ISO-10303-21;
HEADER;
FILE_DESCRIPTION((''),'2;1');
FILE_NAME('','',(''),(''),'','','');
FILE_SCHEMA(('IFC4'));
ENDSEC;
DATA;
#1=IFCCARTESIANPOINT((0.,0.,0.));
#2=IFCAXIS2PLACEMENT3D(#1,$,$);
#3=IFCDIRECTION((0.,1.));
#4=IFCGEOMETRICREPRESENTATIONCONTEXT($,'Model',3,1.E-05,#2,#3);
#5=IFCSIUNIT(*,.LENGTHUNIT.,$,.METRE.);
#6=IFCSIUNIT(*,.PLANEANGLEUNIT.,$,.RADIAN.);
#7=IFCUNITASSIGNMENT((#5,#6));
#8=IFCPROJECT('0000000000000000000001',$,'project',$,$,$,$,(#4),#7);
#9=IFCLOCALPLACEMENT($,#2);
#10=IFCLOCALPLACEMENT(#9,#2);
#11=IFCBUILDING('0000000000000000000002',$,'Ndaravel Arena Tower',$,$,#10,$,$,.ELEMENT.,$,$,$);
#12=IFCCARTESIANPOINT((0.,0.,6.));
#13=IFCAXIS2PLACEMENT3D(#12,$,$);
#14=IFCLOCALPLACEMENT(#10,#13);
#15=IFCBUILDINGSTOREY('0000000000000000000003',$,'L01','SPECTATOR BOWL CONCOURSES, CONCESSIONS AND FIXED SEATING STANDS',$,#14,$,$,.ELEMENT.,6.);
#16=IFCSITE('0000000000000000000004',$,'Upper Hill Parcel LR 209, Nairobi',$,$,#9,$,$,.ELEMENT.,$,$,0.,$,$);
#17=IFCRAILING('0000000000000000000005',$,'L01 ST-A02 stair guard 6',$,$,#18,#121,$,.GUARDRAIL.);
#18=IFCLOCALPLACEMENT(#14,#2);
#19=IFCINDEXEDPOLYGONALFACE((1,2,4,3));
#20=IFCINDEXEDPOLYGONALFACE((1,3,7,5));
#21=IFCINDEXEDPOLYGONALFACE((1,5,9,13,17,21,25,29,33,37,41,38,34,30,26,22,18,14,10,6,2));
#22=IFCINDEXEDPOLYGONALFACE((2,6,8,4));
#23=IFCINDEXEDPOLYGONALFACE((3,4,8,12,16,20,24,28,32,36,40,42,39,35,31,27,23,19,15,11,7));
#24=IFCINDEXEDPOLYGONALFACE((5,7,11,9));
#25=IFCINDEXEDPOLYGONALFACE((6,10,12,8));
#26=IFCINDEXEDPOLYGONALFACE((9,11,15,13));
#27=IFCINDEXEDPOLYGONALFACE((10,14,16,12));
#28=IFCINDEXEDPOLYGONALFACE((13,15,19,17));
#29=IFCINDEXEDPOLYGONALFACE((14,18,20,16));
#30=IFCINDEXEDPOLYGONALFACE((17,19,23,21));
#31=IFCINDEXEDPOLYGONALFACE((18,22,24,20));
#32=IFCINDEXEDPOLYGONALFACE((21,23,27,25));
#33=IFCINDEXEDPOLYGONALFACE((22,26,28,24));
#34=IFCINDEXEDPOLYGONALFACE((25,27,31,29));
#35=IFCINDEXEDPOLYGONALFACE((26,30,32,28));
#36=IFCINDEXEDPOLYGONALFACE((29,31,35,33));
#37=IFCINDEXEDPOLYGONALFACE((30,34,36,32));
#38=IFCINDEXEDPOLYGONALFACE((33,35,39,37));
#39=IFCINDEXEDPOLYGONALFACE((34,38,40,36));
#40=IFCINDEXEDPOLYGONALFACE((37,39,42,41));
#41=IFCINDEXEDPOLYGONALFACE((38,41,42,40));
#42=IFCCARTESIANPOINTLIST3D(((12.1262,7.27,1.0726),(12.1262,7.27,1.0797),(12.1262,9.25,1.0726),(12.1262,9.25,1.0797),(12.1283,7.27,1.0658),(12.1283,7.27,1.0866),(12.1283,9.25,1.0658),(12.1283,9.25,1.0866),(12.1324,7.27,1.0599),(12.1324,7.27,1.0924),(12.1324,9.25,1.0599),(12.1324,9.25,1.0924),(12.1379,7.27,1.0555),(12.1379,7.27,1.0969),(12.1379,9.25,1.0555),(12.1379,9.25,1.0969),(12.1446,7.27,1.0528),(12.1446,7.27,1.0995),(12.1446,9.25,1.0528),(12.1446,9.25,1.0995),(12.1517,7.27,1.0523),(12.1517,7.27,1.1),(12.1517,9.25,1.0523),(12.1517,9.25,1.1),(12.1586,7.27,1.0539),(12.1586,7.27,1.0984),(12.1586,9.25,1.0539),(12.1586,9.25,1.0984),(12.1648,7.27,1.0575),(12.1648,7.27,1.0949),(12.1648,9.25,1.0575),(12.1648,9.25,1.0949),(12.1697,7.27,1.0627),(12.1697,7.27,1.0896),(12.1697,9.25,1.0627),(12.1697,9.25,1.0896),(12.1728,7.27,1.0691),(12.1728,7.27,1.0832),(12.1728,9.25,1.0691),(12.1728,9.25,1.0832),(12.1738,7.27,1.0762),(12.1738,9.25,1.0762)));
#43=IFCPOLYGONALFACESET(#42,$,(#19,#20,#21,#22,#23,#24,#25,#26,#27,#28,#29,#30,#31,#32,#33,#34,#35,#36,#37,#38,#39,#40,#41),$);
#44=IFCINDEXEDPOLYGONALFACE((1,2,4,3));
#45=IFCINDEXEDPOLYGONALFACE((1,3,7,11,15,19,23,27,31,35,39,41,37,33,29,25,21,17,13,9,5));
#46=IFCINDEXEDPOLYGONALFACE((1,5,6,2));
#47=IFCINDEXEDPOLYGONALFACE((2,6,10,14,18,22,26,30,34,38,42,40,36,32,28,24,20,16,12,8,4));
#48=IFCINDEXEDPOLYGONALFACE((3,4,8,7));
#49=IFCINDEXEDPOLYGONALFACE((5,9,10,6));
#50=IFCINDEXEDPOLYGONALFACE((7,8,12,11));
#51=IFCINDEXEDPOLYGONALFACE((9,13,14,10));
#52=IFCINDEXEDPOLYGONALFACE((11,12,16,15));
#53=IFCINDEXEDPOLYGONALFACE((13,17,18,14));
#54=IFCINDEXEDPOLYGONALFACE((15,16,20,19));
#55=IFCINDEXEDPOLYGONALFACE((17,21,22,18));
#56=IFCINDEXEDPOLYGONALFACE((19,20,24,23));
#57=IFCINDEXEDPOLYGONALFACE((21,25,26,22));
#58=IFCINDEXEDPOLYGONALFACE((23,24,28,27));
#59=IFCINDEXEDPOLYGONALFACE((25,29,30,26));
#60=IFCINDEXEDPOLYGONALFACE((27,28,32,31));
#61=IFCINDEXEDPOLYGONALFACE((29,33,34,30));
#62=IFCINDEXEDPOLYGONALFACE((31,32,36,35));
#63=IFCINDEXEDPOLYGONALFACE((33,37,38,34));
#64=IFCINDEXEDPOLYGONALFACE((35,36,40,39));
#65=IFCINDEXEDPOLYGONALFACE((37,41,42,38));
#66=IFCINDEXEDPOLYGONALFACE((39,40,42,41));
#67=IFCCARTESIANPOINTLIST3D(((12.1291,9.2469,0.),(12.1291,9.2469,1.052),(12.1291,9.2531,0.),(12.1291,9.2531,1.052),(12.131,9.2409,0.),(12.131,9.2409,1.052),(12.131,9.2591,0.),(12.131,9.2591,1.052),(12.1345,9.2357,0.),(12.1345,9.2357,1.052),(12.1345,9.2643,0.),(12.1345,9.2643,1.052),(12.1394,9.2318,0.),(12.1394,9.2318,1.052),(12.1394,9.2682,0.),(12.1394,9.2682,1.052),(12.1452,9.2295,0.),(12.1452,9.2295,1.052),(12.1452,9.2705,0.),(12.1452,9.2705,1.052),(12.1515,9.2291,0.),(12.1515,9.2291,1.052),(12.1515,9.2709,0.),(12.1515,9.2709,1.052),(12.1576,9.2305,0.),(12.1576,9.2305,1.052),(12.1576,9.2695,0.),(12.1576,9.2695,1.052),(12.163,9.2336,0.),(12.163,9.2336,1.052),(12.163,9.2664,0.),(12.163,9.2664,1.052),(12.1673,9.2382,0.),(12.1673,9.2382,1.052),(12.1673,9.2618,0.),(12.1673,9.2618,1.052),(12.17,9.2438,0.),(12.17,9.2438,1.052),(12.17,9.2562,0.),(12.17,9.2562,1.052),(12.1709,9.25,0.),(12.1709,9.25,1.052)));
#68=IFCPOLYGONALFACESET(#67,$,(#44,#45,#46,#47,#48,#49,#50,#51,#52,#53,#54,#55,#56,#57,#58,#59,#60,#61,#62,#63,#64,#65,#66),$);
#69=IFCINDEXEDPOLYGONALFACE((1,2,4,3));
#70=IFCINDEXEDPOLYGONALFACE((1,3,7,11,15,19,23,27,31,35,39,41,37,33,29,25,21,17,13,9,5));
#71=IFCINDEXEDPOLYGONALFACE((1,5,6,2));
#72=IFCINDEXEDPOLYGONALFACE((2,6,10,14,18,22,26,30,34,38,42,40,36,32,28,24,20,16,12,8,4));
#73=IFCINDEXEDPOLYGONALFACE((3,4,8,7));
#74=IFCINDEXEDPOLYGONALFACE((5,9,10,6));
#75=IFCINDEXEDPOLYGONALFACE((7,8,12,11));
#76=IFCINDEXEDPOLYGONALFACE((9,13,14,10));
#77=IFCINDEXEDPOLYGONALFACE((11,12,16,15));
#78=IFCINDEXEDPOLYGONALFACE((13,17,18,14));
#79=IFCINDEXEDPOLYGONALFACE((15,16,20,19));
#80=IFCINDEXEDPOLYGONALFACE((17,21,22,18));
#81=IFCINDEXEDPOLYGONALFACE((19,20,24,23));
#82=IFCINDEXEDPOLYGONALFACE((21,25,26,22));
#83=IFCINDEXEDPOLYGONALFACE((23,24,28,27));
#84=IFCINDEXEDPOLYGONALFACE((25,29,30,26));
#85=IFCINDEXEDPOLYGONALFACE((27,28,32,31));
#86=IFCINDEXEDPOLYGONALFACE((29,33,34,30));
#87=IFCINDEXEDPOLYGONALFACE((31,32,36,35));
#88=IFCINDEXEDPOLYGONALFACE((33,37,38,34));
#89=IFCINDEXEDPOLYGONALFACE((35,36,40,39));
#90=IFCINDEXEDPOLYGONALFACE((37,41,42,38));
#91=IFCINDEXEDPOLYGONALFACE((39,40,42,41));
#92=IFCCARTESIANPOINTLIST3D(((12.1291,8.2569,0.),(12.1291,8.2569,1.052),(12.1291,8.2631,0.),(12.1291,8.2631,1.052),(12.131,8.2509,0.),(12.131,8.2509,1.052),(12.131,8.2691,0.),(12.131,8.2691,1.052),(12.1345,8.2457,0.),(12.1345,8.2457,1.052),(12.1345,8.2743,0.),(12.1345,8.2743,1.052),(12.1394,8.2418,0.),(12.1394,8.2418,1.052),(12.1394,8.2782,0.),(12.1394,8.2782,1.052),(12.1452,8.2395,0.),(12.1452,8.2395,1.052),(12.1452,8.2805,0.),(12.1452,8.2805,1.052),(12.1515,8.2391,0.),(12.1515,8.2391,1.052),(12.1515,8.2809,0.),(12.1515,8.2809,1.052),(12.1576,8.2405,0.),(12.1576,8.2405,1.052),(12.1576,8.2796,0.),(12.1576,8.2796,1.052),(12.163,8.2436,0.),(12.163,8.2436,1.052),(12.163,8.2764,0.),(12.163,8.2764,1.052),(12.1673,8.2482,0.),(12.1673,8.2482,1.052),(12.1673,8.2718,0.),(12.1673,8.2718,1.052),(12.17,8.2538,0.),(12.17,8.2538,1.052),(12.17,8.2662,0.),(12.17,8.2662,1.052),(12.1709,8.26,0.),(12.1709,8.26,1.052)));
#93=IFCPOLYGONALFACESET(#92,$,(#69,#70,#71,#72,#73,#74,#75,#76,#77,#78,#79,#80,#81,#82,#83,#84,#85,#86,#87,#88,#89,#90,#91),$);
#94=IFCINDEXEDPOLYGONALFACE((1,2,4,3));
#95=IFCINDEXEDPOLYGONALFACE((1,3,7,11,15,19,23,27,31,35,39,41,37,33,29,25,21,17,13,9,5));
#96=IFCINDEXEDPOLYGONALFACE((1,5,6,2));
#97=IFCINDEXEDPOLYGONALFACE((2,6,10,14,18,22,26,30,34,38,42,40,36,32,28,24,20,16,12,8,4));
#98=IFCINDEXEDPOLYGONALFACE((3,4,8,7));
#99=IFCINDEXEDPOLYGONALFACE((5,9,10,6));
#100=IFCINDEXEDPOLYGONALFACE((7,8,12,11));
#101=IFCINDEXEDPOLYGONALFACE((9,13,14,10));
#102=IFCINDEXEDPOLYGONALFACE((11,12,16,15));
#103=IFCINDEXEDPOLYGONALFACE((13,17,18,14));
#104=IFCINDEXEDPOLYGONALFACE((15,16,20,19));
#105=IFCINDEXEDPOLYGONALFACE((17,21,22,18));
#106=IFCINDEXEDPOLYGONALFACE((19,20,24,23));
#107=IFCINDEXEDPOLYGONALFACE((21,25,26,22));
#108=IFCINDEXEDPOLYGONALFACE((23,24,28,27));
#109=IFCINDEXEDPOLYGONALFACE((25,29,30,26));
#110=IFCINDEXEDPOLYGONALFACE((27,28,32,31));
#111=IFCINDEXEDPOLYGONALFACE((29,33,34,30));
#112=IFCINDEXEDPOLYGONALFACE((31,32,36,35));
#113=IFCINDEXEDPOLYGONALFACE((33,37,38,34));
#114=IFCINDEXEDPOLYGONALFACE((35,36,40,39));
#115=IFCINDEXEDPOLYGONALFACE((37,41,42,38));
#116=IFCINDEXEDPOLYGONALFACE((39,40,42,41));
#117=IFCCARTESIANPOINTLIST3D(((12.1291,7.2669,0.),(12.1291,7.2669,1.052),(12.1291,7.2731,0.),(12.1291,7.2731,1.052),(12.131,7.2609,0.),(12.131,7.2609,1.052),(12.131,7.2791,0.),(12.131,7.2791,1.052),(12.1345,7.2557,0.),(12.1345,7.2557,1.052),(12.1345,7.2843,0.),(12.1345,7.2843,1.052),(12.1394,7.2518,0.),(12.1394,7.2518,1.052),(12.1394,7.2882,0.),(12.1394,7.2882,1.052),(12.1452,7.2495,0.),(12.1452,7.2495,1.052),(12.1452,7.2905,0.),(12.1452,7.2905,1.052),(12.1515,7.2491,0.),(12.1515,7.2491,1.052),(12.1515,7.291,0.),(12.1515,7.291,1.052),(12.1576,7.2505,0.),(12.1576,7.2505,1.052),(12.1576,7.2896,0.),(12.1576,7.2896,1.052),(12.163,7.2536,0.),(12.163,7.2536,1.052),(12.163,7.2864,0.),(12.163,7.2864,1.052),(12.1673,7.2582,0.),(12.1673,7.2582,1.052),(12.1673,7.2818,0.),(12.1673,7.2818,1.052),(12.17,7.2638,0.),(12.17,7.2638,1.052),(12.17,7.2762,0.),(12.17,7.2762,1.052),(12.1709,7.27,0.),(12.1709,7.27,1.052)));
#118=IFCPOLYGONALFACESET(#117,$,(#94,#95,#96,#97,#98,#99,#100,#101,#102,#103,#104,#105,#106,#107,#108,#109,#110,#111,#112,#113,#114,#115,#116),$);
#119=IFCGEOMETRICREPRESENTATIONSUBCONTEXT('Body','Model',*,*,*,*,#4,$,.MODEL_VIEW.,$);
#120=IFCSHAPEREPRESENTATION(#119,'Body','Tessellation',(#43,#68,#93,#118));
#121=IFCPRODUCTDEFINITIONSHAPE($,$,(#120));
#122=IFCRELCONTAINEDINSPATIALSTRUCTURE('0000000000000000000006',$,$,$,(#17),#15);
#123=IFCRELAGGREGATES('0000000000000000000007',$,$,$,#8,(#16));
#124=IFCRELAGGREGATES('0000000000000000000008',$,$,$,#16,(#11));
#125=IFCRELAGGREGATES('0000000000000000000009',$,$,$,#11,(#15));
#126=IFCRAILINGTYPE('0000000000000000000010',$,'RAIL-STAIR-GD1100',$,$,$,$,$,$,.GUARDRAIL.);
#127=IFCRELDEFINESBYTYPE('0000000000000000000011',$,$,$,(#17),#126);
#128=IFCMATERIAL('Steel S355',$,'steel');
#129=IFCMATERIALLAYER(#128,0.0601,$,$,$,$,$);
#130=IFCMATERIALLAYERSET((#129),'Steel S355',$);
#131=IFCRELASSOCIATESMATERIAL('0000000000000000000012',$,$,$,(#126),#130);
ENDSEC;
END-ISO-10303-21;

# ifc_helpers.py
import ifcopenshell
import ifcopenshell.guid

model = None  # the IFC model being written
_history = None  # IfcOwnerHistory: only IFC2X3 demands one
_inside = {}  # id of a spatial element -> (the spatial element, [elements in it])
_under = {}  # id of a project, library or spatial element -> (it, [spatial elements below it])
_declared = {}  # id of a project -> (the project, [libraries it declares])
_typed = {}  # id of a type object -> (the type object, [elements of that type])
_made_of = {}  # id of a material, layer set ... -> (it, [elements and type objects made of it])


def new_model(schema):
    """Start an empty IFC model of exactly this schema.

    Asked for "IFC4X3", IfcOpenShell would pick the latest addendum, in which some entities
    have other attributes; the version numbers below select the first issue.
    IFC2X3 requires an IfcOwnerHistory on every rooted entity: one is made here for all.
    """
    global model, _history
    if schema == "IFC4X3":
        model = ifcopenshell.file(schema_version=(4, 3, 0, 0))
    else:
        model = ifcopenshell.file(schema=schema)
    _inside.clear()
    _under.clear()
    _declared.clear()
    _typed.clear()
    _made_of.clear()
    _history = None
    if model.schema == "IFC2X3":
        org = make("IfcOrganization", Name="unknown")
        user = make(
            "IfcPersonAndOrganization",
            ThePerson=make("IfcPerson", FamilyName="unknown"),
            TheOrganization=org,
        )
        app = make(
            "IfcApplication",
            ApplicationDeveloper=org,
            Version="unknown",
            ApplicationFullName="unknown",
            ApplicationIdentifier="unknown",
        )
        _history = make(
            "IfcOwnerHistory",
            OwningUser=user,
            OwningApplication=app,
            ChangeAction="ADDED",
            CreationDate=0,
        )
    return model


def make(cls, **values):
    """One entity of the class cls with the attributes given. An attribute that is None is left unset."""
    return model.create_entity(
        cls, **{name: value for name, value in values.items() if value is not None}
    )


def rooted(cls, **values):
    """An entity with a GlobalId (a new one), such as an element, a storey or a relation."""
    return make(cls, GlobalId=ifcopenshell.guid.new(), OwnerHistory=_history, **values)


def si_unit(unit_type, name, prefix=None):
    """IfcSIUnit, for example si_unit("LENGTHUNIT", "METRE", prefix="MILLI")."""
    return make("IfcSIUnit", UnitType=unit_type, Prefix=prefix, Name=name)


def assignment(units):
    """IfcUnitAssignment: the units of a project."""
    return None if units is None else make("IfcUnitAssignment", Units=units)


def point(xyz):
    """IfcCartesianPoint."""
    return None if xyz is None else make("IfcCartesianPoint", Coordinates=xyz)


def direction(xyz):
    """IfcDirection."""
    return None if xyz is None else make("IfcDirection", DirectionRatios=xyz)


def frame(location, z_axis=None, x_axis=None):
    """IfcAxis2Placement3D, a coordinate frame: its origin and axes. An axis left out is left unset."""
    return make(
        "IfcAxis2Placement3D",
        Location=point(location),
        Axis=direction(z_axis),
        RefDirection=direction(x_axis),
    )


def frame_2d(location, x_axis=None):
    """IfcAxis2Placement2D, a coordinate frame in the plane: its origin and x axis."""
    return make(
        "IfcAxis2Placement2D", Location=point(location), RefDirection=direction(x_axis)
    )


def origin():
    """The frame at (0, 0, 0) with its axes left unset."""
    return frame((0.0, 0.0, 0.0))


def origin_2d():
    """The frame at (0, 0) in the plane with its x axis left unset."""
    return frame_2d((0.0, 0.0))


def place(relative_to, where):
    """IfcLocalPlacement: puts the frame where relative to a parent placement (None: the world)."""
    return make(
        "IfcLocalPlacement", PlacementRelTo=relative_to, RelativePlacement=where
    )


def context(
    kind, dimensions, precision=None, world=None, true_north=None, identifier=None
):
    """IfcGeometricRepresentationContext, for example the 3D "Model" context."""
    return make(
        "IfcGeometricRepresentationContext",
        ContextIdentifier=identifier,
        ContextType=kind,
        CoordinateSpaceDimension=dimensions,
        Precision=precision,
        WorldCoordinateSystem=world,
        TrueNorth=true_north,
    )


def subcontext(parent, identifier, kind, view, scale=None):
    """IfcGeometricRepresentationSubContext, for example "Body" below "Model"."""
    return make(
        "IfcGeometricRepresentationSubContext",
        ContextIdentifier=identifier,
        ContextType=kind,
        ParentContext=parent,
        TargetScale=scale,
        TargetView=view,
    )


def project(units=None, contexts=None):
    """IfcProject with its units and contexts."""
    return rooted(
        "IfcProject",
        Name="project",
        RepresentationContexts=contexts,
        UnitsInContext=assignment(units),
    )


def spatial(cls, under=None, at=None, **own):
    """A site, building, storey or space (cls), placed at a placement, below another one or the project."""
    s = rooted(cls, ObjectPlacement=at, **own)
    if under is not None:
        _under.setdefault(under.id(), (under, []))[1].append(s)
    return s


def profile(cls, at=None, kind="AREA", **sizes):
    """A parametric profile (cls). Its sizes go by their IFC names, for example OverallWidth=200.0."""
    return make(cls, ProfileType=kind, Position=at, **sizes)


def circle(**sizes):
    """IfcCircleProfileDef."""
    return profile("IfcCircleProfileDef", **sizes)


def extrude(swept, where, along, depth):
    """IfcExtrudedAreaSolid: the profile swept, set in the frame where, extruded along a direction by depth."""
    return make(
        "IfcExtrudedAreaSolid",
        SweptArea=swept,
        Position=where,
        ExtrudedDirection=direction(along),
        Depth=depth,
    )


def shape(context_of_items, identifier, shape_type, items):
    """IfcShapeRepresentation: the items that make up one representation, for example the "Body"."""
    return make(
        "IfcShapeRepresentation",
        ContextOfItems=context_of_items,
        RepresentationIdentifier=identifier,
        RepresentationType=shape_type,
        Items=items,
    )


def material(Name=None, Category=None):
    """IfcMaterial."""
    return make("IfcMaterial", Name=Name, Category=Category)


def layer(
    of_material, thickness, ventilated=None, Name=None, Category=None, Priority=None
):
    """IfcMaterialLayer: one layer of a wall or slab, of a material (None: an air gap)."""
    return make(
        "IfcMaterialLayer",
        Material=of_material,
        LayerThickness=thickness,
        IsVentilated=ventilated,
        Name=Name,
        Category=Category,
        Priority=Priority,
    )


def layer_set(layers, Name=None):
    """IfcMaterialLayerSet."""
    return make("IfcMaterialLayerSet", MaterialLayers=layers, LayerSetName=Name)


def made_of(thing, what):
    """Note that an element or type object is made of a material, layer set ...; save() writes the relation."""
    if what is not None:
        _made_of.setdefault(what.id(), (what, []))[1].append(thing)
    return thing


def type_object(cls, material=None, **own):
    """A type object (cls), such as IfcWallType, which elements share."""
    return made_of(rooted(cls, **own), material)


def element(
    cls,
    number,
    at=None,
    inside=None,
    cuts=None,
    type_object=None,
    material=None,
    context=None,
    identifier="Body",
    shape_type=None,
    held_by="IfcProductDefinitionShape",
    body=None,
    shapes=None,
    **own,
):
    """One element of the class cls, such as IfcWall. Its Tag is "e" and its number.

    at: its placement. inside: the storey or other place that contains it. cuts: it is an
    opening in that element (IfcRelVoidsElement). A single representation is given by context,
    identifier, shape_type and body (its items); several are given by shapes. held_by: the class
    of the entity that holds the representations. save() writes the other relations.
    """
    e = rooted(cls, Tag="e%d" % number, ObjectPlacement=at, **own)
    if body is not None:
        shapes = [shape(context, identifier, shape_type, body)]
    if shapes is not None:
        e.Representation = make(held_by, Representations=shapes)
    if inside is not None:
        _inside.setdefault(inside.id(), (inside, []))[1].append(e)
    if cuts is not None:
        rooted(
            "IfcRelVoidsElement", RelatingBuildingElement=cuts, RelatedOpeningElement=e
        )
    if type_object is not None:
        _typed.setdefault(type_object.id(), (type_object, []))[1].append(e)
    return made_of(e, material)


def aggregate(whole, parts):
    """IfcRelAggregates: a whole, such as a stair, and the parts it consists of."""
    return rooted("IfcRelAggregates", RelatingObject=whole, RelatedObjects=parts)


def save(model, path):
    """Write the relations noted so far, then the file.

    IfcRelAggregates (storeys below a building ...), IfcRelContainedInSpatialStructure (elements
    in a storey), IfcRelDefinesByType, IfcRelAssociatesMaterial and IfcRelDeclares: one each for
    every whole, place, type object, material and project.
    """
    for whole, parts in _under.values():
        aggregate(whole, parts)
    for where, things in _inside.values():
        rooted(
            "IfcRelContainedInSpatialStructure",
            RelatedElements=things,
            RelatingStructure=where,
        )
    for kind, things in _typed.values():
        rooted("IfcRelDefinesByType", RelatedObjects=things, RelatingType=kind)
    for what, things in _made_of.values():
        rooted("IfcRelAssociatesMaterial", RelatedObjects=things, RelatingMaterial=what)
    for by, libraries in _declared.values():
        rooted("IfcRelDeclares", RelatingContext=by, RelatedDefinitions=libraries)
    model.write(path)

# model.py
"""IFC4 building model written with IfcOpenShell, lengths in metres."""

from ifc_helpers import new_model, si_unit, direction, frame, origin, origin_2d, place, context, subcontext, project, spatial, circle, extrude, material, layer, layer_set, type_object, element, save


model = new_model("IFC4")

# Units and contexts
model_context = context("Model", 3, precision=1e-05, world=origin(), true_north=direction((0.0, 1.0)))
body_context = subcontext(model_context, "Body", "Model", "MODEL_VIEW")
ifc_project = project(units=[si_unit("LENGTHUNIT", "METRE"), si_unit("PLANEANGLEUNIT", "RADIAN")], contexts=[model_context])

# Site, building, storey
site_placement = place(None, origin())
site = spatial("IfcSite", under=ifc_project, at=site_placement, Name="Upper Hill Parcel LR 209, Nairobi", CompositionType="ELEMENT", RefElevation=0.0)
building_placement = place(site_placement, origin())
building = spatial("IfcBuilding", under=site, at=building_placement, Name="Ndaravel Arena Tower", CompositionType="ELEMENT")
storey_placement = place(building_placement, frame((0.0, 0.0, 6.0)))
storey = spatial("IfcBuildingStorey", under=building, at=storey_placement, Name="L01", Description="SPECTATOR BOWL CONCOURSES, CONCESSIONS AND FIXED SEATING STANDS", CompositionType="ELEMENT", Elevation=6.0)

# Railing
ifc_material_1 = material(Name="Steel S355", Category="steel")
ifc_layer_1 = layer(ifc_material_1, 0.0601)
ifc_layer_set_1 = layer_set([ifc_layer_1], Name="Steel S355")
railing_type_1 = type_object("IfcRailingType", Name="RAIL-STAIR-GD1100", PredefinedType="GUARDRAIL", material=ifc_layer_set_1)
for number, where, name in (
    (1, (12.1499, 9.25, 0.0), "L01 ST-A02 stair guard 6"),
):
    element("IfcRailing", number, at=place(storey_placement, frame(where)), inside=storey, type_object=railing_type_1, Name=name, PredefinedType="GUARDRAIL", context=body_context, shape_type="SweptSolid", body=[
        extrude(circle(Radius=0.0239, at=origin_2d()), frame((0.0, 0.0, 1.0762), z_axis=(0.0, -1.0, 0.0), x_axis=(1.0, 0.0, 0.0)), (0.0, 0.0, 1.0), 1.98),
        extrude(circle(Radius=0.021, at=origin_2d()), origin(), (0.0, 0.0, 1.0), 1.052),
        extrude(circle(Radius=0.021, at=origin_2d()), frame((0.0, -0.99, 0.0)), (0.0, 0.0, 1.0), 1.052),
        extrude(circle(Radius=0.021, at=origin_2d()), frame((0.0, -1.98, 0.0)), (0.0, 0.0, 1.0), 1.052),
    ])

save(model, "model.ifc")
